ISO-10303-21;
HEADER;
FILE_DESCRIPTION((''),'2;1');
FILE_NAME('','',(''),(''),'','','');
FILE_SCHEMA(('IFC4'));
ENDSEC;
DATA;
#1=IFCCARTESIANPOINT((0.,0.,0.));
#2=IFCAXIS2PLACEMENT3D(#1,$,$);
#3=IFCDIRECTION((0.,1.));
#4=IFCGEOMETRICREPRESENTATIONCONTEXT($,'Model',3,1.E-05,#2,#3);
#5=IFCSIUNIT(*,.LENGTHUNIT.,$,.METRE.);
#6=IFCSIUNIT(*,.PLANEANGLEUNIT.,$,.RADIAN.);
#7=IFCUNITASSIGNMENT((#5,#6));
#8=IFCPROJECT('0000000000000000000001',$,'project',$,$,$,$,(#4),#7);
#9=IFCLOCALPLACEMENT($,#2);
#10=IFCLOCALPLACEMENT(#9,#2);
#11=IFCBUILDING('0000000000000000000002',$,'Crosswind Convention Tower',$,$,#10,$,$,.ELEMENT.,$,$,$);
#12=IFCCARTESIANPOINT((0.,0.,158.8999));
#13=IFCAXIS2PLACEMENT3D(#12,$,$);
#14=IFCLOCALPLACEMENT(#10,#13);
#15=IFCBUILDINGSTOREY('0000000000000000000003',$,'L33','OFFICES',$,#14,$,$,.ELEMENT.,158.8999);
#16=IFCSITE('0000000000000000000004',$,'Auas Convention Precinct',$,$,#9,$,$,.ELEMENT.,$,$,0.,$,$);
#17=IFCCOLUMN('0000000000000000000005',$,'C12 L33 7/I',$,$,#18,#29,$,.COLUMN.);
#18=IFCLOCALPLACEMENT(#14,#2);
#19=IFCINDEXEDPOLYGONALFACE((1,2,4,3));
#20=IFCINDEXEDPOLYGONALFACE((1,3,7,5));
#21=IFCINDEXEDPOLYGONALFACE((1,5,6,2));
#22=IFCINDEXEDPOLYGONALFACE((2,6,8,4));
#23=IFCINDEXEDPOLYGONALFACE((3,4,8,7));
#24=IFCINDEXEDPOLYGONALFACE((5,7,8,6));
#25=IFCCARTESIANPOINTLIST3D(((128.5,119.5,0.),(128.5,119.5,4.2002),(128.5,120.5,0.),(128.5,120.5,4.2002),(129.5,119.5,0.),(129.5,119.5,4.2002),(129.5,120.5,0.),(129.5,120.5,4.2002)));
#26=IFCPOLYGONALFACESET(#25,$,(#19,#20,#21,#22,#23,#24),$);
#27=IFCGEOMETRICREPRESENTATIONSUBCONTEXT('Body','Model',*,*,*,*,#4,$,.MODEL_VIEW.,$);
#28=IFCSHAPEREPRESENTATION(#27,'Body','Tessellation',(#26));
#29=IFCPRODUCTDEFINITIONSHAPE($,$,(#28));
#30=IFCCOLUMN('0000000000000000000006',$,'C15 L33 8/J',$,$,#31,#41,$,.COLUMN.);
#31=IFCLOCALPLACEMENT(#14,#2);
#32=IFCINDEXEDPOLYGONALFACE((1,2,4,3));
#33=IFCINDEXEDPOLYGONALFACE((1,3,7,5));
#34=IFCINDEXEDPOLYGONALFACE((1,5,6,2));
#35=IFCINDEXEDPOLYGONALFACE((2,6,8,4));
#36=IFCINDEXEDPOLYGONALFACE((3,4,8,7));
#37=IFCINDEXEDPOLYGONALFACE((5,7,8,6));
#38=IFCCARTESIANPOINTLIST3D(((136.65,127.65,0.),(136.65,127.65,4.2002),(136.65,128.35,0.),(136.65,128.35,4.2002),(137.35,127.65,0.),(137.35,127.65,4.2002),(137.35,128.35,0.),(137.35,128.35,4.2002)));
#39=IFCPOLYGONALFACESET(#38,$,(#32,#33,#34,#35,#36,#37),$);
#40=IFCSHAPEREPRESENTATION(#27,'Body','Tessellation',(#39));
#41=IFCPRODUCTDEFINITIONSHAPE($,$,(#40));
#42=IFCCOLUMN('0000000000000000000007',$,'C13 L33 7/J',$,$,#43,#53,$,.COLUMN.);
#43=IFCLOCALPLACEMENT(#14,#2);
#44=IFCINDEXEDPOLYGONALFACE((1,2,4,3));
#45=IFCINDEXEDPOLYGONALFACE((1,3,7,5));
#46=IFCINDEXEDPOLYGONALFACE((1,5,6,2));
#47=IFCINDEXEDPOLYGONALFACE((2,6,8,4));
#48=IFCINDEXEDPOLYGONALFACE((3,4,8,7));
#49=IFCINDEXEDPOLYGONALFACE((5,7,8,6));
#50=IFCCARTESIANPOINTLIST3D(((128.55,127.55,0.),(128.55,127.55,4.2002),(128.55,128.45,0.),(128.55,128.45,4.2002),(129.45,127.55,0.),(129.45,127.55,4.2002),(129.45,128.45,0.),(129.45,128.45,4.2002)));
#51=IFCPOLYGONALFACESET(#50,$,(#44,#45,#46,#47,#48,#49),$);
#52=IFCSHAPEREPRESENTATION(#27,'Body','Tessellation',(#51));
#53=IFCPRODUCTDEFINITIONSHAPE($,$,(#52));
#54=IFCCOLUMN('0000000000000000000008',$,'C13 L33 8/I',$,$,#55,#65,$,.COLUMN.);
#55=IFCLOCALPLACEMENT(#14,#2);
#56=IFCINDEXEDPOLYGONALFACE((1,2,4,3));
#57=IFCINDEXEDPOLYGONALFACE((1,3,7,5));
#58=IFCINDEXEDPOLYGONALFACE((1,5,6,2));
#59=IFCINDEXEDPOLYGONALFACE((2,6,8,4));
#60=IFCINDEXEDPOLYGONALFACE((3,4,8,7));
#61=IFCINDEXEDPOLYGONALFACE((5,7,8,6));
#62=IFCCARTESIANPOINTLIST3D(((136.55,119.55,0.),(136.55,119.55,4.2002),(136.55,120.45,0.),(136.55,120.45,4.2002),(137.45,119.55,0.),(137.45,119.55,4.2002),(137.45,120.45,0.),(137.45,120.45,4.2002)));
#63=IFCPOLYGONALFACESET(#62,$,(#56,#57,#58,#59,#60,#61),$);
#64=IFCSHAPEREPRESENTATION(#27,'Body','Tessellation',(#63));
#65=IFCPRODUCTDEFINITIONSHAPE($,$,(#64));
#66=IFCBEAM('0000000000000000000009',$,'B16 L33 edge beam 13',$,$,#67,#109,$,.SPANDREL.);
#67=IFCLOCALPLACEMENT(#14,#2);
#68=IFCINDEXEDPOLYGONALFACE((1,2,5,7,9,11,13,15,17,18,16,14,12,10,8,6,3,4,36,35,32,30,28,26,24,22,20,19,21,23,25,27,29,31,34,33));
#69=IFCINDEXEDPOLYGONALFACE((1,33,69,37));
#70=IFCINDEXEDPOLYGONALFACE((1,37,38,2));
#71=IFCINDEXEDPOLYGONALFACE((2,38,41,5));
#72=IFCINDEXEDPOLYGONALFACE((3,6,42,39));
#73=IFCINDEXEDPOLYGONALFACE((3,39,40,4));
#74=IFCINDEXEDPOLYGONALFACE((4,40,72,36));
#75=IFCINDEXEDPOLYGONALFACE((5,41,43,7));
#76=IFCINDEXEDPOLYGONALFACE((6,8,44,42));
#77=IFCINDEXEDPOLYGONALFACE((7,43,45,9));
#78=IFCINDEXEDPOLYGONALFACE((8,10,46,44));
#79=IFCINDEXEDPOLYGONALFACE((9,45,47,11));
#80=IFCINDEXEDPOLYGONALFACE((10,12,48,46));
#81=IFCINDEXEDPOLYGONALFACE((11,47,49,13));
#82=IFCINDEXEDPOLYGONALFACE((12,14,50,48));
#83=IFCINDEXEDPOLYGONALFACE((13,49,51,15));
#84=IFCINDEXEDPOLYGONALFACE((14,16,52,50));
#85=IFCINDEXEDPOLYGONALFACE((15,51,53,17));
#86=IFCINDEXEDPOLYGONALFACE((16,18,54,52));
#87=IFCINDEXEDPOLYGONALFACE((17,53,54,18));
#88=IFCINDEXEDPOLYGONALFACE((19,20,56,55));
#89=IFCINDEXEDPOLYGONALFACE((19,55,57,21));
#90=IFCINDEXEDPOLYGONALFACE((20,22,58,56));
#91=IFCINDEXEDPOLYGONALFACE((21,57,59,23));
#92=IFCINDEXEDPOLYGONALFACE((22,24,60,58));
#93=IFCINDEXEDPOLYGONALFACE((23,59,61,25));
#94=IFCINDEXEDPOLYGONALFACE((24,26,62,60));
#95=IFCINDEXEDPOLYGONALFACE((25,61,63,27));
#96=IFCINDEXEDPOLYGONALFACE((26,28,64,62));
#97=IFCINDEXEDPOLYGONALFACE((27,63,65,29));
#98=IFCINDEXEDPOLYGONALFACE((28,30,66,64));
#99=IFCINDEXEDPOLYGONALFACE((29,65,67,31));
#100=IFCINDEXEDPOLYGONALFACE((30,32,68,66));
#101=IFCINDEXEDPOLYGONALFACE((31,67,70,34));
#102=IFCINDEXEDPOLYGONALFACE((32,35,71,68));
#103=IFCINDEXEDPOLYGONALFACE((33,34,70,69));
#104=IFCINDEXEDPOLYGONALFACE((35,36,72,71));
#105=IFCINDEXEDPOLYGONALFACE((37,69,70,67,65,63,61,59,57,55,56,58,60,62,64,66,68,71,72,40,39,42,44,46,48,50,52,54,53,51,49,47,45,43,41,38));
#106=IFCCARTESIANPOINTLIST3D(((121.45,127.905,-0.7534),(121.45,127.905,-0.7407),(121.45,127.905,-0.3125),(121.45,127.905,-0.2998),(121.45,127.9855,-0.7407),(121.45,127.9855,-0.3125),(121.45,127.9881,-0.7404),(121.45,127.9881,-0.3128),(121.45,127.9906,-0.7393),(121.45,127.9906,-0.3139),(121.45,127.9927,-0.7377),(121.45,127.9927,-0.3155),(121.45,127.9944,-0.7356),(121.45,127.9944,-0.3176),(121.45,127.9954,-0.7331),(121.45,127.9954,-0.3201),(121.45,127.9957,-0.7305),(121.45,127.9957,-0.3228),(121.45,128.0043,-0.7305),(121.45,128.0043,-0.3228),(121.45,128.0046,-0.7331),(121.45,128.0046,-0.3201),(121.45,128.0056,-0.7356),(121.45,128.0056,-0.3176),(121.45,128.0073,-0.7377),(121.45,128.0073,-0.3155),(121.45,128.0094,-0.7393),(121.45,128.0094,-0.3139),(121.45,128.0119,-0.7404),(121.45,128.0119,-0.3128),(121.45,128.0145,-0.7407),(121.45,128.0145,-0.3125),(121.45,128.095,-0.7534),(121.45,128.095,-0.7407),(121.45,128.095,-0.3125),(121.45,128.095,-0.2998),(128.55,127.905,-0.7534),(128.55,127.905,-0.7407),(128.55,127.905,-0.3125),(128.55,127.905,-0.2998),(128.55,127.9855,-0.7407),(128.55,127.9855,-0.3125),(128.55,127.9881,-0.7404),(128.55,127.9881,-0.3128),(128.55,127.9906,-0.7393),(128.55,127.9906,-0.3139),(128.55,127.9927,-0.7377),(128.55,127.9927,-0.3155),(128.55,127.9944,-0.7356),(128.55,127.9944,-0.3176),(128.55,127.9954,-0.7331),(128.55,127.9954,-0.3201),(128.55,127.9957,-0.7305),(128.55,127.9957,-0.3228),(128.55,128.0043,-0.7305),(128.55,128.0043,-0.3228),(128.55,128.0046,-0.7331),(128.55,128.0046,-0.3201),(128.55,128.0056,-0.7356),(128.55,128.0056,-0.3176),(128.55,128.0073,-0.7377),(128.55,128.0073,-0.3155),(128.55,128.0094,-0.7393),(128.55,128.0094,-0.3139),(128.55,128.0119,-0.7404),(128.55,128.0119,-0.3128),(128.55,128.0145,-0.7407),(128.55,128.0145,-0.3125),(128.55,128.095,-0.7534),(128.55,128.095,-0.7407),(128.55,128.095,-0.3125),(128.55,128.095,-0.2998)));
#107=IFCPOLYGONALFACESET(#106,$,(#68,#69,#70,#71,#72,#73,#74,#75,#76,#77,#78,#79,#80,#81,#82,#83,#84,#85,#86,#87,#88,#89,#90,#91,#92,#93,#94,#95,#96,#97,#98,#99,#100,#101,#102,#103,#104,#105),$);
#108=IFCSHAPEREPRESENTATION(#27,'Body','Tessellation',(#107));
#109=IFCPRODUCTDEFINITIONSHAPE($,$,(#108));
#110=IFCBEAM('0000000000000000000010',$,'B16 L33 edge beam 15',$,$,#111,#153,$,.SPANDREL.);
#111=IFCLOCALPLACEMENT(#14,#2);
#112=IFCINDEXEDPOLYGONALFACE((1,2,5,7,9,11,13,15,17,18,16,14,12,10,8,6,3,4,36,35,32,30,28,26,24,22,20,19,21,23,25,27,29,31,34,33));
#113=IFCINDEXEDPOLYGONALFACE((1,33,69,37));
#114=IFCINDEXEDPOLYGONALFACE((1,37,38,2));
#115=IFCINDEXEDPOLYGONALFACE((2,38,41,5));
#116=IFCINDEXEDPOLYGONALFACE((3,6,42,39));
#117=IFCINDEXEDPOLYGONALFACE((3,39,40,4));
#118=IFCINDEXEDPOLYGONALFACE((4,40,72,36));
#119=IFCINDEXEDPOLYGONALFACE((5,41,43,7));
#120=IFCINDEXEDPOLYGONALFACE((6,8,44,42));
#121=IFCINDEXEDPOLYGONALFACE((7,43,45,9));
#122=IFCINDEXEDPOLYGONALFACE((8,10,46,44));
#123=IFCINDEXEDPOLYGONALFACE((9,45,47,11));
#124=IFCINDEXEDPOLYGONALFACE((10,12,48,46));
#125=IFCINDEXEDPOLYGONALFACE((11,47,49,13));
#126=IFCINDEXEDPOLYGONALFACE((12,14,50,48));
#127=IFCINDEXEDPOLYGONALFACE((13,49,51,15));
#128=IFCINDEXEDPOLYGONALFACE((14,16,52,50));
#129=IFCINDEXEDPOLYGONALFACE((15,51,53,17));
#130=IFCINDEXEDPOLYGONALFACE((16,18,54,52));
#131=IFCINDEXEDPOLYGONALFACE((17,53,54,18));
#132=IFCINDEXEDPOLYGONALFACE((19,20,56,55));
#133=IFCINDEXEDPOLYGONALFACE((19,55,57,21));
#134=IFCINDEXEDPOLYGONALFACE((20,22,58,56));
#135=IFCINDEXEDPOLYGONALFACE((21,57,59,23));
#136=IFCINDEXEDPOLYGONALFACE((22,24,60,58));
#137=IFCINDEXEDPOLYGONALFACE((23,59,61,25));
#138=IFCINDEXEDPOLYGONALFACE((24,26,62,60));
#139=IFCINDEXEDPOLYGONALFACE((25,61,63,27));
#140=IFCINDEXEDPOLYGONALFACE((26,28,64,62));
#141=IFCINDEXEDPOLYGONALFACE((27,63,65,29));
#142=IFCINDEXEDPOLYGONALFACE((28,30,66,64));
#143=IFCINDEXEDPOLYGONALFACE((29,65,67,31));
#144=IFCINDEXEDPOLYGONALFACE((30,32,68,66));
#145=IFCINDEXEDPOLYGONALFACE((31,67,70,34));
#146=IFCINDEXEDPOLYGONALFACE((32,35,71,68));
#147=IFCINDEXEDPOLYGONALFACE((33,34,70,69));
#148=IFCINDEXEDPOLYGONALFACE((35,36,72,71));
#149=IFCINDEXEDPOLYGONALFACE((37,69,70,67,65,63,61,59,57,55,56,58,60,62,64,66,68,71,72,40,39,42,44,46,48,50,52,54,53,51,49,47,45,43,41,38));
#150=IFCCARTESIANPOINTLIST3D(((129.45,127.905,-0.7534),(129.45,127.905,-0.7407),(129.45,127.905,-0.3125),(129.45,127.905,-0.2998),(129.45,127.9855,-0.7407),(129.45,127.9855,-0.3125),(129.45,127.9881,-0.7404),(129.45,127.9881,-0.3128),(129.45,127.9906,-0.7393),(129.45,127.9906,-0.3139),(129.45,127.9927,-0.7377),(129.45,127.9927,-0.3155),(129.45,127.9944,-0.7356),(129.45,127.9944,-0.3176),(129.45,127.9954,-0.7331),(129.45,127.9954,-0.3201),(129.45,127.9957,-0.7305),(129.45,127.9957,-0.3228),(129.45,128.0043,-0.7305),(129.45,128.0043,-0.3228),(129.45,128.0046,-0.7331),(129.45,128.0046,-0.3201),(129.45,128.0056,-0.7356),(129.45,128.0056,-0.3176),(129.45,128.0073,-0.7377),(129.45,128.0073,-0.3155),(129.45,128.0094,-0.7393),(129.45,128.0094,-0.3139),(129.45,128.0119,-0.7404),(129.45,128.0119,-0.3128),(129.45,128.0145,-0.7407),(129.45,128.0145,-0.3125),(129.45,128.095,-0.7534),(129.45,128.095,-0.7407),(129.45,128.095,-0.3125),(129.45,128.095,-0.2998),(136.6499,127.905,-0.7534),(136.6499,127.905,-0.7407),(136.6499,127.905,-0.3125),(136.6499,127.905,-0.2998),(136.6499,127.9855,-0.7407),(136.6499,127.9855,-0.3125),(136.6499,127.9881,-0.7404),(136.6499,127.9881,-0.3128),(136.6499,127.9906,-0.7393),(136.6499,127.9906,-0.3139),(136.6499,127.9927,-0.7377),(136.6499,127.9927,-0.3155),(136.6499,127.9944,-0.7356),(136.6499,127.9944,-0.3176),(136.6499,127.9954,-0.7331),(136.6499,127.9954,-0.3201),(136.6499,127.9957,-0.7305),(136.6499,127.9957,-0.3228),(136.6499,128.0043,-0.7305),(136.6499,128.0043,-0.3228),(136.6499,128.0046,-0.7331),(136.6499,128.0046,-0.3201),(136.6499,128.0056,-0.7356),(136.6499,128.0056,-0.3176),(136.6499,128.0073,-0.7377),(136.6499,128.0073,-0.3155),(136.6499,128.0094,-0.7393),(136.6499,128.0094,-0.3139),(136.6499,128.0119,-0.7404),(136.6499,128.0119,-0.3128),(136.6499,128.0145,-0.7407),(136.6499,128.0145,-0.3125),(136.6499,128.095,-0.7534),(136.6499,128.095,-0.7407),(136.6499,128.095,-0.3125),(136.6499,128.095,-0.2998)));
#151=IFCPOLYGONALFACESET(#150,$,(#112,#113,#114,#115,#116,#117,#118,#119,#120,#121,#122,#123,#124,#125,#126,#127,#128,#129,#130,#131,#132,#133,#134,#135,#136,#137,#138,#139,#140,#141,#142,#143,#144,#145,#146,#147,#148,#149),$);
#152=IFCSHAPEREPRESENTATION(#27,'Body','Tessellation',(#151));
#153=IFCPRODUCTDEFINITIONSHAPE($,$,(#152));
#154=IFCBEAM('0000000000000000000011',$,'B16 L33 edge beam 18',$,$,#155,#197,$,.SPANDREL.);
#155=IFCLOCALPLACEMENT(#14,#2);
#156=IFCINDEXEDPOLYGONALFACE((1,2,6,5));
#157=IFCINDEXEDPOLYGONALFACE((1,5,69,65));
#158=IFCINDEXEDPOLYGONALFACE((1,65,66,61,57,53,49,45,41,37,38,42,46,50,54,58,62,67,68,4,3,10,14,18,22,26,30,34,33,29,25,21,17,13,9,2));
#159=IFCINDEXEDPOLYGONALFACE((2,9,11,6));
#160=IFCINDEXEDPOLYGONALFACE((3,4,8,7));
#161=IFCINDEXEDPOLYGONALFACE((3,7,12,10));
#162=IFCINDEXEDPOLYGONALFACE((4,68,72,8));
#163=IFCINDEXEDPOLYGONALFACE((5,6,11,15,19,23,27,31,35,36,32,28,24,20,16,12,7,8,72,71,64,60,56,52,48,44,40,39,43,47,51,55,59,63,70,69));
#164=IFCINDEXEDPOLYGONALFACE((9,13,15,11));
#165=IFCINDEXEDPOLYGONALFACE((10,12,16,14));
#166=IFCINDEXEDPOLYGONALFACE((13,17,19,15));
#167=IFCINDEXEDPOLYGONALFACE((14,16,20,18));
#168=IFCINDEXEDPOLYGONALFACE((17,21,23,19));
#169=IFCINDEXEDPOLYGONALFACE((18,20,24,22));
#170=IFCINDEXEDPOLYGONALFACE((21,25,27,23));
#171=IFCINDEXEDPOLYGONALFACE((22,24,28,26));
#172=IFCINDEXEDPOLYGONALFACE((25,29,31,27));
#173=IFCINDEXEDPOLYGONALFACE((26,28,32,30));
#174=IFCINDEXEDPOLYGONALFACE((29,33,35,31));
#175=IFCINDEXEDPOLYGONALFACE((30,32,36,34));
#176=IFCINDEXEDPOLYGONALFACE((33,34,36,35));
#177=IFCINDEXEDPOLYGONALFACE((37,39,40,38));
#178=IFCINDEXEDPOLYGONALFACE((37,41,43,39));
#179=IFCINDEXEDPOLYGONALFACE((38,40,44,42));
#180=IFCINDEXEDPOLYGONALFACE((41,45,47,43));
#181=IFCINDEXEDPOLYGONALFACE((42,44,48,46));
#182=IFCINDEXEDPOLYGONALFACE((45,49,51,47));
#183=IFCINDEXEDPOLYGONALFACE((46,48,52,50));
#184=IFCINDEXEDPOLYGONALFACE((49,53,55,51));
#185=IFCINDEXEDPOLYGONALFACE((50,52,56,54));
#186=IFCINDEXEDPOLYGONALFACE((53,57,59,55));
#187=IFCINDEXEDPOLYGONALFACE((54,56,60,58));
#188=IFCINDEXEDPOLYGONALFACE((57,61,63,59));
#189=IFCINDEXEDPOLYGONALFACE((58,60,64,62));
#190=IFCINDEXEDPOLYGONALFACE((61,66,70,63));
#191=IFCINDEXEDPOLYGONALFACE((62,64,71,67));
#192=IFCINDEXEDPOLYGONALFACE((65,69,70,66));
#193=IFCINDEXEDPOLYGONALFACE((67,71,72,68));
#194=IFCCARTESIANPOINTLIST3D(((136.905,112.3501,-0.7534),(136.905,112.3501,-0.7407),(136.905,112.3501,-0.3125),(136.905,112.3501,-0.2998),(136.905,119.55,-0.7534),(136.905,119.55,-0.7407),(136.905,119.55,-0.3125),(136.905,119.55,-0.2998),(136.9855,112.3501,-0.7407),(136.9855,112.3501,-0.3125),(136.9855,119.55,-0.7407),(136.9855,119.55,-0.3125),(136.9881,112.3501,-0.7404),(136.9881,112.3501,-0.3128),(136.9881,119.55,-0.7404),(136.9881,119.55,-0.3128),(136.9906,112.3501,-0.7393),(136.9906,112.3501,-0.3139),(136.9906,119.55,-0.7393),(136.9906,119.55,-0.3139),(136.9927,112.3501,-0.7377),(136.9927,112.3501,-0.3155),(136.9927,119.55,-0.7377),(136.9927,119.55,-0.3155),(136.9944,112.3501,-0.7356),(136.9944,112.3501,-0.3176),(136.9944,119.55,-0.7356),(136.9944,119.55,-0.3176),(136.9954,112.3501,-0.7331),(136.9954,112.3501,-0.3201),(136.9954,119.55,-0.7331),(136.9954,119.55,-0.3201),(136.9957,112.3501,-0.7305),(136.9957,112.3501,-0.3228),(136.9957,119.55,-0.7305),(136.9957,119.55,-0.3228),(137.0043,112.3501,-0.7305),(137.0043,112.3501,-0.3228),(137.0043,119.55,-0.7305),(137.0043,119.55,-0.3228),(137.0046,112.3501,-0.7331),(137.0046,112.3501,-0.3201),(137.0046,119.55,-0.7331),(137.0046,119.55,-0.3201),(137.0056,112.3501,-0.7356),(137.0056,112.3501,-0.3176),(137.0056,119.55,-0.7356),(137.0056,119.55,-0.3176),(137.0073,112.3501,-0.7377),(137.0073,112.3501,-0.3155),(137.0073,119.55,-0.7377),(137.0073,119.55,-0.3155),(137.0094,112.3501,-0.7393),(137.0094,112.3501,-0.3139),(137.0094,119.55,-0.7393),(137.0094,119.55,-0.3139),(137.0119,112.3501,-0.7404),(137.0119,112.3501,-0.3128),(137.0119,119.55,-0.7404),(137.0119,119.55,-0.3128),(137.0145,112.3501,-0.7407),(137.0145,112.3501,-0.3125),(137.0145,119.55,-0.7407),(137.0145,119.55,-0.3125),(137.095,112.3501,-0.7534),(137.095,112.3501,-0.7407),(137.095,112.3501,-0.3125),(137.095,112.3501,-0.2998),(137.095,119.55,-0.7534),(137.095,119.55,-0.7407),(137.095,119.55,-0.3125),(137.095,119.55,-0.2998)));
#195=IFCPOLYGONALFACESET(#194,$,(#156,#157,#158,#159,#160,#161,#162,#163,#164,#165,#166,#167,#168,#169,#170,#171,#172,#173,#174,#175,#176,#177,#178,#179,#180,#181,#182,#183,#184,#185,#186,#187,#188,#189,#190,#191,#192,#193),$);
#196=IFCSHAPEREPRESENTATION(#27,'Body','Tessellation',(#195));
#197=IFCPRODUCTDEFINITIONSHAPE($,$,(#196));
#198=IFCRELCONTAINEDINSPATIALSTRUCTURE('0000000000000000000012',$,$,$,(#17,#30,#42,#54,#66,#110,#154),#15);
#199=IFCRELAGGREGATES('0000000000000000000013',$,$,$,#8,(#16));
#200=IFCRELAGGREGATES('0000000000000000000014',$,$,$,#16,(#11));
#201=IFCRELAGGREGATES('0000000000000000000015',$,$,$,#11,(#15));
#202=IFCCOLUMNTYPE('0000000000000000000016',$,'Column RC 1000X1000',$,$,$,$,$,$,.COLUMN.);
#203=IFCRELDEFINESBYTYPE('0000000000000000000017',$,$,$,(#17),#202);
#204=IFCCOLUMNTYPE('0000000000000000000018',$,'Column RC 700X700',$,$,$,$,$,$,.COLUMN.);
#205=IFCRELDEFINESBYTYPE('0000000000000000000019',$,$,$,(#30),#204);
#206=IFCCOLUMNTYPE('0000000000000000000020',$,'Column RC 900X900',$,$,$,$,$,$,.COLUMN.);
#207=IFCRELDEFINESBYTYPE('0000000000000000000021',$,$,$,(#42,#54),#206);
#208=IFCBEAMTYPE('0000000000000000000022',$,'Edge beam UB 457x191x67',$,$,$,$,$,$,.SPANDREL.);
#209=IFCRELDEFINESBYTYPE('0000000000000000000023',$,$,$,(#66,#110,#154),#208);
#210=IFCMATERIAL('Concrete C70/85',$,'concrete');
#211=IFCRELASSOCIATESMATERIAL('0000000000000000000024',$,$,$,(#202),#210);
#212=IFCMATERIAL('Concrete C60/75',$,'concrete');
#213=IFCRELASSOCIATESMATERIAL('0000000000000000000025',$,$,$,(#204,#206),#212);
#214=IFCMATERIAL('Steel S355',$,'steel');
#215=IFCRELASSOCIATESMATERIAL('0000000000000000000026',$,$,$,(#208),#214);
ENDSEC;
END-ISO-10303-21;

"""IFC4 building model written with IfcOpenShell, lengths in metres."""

from ifc_helpers import new_model, si_unit, direction, frame, origin, origin_2d, place, context, subcontext, project, spatial, rectangle, i_section, extrude, material, material_profile, profile_set, type_object, element, save


model = new_model("IFC4")

# Units and contexts
model_context = context("Model", 3, precision=1e-05, world=origin(), true_north=direction((0.0, 1.0)))
body_context = subcontext(model_context, "Body", "Model", "MODEL_VIEW")
ifc_project = project(units=[si_unit("LENGTHUNIT", "METRE"), si_unit("PLANEANGLEUNIT", "RADIAN")], contexts=[model_context])

# Site, building, storey
site_placement = place(None, origin())
site = spatial("IfcSite", under=ifc_project, at=site_placement, Name="Auas Convention Precinct", CompositionType="ELEMENT", RefElevation=0.0)
building_placement = place(site_placement, origin())
building = spatial("IfcBuilding", under=site, at=building_placement, Name="Crosswind Convention Tower", CompositionType="ELEMENT")
storey_placement = place(building_placement, frame((0.0, 0.0, 158.8999)))
storey = spatial("IfcBuildingStorey", under=building, at=storey_placement, Name="L33", Description="OFFICES", CompositionType="ELEMENT", Elevation=158.8999)

# Columns
ifc_material_1 = material(Name="Concrete C70/85", Category="concrete")
ifc_material_profile_1 = material_profile(ifc_material_1, rectangle(XDim=1.0, YDim=1.0, at=origin_2d()), Name="RC 1000X1000")
ifc_profile_set_1 = profile_set([ifc_material_profile_1], Name="Concrete C70/85")
column_type_1 = type_object("IfcColumnType", Name="Column RC 1000X1000", PredefinedType="COLUMN", material=ifc_profile_set_1)
column_1_placement = place(storey_placement, frame((129.0, 120.0, 0.0), z_axis=(0.0, 0.0, 1.0), x_axis=(1.0, 0.0, 0.0)))
element("IfcColumn", 1, at=column_1_placement, inside=storey, type_object=column_type_1, Name="C12 L33 7/I", PredefinedType="COLUMN", context=body_context, shape_type="SweptSolid", body=[
    extrude(rectangle(XDim=1.0, YDim=1.0, at=origin_2d()), origin(), (0.0, 0.0, 1.0), 4.2002),
])
ifc_material_2 = material(Name="Concrete C60/75", Category="concrete")
ifc_material_profile_2 = material_profile(ifc_material_2, rectangle(XDim=0.7, YDim=0.7, at=origin_2d()), Name="RC 700X700")
ifc_profile_set_2 = profile_set([ifc_material_profile_2], Name="Concrete C60/75")
column_type_2 = type_object("IfcColumnType", Name="Column RC 700X700", PredefinedType="COLUMN", material=ifc_profile_set_2)
column_2_placement = place(storey_placement, frame((137.0, 128.0, 0.0), z_axis=(0.0, 0.0, 1.0), x_axis=(1.0, 0.0, 0.0)))
element("IfcColumn", 2, at=column_2_placement, inside=storey, type_object=column_type_2, Name="C15 L33 8/J", PredefinedType="COLUMN", context=body_context, shape_type="SweptSolid", body=[
    extrude(rectangle(XDim=0.7, YDim=0.7, at=origin_2d()), origin(), (0.0, 0.0, 1.0), 4.2002),
])
ifc_material_profile_3 = material_profile(ifc_material_2, rectangle(XDim=0.8999, YDim=0.8999, at=origin_2d()), Name="RC 900X900")
ifc_profile_set_3 = profile_set([ifc_material_profile_3], Name="Concrete C60/75")
column_type_3 = type_object("IfcColumnType", Name="Column RC 900X900", PredefinedType="COLUMN", material=ifc_profile_set_3)
for number, where, z_axis, x_axis, name in (
    (3, (129.0, 128.0, 0.0), (0.0, 0.0, 1.0), (1.0, 0.0, 0.0), "C13 L33 7/J"),
    (4, (137.0, 120.0, 0.0), (0.0, 0.0, 1.0), (1.0, 0.0, 0.0), "C13 L33 8/I"),
):
    element("IfcColumn", number, at=place(storey_placement, frame(where, z_axis=z_axis, x_axis=x_axis)), inside=storey, type_object=column_type_3, Name=name, PredefinedType="COLUMN", context=body_context, shape_type="SweptSolid", body=[
        extrude(rectangle(XDim=0.8999, YDim=0.8999, at=origin_2d()), origin(), (0.0, 0.0, 1.0), 4.2002),
    ])

# Beams
ifc_material_3 = material(Name="Steel S355", Category="steel")
ifc_material_profile_4 = material_profile(ifc_material_3, i_section(OverallWidth=0.1899, OverallDepth=0.4536, WebThickness=0.0085, FlangeThickness=0.0127, FilletRadius=0.0103, at=origin_2d()), Name="UB 457x191x67")
ifc_profile_set_4 = profile_set([ifc_material_profile_4], Name="Steel S355")
beam_type_1 = type_object("IfcBeamType", Name="Edge beam UB 457x191x67", PredefinedType="SPANDREL", material=ifc_profile_set_4)
beam_placement = place(storey_placement, frame((121.45, 128.0, -0.5266), z_axis=(1.0, 0.0, 0.0), x_axis=(0.0, 1.0, 0.0)))
element("IfcBeam", 5, at=beam_placement, inside=storey, type_object=beam_type_1, Name="B16 L33 edge beam 13", PredefinedType="SPANDREL", context=body_context, shape_type="SweptSolid", body=[
    extrude(i_section(OverallWidth=0.1899, OverallDepth=0.4536, WebThickness=0.0085, FlangeThickness=0.0127, FilletRadius=0.0103, at=origin_2d()), origin(), (0.0, 0.0, 1.0), 7.1001),
])
for number, where, z_axis, x_axis, name in (
    (6, (129.45, 128.0, -0.5266), (1.0, 0.0, 0.0), (0.0, 1.0, 0.0), "B16 L33 edge beam 15"),
    (7, (137.0, 112.3501, -0.5266), (0.0, 1.0, 0.0), (-1.0, 0.0, 0.0), "B16 L33 edge beam 18"),
):
    element("IfcBeam", number, at=place(storey_placement, frame(where, z_axis=z_axis, x_axis=x_axis)), inside=storey, type_object=beam_type_1, Name=name, PredefinedType="SPANDREL", context=body_context, shape_type="SweptSolid", body=[
        extrude(i_section(OverallWidth=0.1899, OverallDepth=0.4536, WebThickness=0.0085, FlangeThickness=0.0127, FilletRadius=0.0103, at=origin_2d()), origin(), (0.0, 0.0, 1.0), 7.2),
    ])

save(model, "model.ifc")
